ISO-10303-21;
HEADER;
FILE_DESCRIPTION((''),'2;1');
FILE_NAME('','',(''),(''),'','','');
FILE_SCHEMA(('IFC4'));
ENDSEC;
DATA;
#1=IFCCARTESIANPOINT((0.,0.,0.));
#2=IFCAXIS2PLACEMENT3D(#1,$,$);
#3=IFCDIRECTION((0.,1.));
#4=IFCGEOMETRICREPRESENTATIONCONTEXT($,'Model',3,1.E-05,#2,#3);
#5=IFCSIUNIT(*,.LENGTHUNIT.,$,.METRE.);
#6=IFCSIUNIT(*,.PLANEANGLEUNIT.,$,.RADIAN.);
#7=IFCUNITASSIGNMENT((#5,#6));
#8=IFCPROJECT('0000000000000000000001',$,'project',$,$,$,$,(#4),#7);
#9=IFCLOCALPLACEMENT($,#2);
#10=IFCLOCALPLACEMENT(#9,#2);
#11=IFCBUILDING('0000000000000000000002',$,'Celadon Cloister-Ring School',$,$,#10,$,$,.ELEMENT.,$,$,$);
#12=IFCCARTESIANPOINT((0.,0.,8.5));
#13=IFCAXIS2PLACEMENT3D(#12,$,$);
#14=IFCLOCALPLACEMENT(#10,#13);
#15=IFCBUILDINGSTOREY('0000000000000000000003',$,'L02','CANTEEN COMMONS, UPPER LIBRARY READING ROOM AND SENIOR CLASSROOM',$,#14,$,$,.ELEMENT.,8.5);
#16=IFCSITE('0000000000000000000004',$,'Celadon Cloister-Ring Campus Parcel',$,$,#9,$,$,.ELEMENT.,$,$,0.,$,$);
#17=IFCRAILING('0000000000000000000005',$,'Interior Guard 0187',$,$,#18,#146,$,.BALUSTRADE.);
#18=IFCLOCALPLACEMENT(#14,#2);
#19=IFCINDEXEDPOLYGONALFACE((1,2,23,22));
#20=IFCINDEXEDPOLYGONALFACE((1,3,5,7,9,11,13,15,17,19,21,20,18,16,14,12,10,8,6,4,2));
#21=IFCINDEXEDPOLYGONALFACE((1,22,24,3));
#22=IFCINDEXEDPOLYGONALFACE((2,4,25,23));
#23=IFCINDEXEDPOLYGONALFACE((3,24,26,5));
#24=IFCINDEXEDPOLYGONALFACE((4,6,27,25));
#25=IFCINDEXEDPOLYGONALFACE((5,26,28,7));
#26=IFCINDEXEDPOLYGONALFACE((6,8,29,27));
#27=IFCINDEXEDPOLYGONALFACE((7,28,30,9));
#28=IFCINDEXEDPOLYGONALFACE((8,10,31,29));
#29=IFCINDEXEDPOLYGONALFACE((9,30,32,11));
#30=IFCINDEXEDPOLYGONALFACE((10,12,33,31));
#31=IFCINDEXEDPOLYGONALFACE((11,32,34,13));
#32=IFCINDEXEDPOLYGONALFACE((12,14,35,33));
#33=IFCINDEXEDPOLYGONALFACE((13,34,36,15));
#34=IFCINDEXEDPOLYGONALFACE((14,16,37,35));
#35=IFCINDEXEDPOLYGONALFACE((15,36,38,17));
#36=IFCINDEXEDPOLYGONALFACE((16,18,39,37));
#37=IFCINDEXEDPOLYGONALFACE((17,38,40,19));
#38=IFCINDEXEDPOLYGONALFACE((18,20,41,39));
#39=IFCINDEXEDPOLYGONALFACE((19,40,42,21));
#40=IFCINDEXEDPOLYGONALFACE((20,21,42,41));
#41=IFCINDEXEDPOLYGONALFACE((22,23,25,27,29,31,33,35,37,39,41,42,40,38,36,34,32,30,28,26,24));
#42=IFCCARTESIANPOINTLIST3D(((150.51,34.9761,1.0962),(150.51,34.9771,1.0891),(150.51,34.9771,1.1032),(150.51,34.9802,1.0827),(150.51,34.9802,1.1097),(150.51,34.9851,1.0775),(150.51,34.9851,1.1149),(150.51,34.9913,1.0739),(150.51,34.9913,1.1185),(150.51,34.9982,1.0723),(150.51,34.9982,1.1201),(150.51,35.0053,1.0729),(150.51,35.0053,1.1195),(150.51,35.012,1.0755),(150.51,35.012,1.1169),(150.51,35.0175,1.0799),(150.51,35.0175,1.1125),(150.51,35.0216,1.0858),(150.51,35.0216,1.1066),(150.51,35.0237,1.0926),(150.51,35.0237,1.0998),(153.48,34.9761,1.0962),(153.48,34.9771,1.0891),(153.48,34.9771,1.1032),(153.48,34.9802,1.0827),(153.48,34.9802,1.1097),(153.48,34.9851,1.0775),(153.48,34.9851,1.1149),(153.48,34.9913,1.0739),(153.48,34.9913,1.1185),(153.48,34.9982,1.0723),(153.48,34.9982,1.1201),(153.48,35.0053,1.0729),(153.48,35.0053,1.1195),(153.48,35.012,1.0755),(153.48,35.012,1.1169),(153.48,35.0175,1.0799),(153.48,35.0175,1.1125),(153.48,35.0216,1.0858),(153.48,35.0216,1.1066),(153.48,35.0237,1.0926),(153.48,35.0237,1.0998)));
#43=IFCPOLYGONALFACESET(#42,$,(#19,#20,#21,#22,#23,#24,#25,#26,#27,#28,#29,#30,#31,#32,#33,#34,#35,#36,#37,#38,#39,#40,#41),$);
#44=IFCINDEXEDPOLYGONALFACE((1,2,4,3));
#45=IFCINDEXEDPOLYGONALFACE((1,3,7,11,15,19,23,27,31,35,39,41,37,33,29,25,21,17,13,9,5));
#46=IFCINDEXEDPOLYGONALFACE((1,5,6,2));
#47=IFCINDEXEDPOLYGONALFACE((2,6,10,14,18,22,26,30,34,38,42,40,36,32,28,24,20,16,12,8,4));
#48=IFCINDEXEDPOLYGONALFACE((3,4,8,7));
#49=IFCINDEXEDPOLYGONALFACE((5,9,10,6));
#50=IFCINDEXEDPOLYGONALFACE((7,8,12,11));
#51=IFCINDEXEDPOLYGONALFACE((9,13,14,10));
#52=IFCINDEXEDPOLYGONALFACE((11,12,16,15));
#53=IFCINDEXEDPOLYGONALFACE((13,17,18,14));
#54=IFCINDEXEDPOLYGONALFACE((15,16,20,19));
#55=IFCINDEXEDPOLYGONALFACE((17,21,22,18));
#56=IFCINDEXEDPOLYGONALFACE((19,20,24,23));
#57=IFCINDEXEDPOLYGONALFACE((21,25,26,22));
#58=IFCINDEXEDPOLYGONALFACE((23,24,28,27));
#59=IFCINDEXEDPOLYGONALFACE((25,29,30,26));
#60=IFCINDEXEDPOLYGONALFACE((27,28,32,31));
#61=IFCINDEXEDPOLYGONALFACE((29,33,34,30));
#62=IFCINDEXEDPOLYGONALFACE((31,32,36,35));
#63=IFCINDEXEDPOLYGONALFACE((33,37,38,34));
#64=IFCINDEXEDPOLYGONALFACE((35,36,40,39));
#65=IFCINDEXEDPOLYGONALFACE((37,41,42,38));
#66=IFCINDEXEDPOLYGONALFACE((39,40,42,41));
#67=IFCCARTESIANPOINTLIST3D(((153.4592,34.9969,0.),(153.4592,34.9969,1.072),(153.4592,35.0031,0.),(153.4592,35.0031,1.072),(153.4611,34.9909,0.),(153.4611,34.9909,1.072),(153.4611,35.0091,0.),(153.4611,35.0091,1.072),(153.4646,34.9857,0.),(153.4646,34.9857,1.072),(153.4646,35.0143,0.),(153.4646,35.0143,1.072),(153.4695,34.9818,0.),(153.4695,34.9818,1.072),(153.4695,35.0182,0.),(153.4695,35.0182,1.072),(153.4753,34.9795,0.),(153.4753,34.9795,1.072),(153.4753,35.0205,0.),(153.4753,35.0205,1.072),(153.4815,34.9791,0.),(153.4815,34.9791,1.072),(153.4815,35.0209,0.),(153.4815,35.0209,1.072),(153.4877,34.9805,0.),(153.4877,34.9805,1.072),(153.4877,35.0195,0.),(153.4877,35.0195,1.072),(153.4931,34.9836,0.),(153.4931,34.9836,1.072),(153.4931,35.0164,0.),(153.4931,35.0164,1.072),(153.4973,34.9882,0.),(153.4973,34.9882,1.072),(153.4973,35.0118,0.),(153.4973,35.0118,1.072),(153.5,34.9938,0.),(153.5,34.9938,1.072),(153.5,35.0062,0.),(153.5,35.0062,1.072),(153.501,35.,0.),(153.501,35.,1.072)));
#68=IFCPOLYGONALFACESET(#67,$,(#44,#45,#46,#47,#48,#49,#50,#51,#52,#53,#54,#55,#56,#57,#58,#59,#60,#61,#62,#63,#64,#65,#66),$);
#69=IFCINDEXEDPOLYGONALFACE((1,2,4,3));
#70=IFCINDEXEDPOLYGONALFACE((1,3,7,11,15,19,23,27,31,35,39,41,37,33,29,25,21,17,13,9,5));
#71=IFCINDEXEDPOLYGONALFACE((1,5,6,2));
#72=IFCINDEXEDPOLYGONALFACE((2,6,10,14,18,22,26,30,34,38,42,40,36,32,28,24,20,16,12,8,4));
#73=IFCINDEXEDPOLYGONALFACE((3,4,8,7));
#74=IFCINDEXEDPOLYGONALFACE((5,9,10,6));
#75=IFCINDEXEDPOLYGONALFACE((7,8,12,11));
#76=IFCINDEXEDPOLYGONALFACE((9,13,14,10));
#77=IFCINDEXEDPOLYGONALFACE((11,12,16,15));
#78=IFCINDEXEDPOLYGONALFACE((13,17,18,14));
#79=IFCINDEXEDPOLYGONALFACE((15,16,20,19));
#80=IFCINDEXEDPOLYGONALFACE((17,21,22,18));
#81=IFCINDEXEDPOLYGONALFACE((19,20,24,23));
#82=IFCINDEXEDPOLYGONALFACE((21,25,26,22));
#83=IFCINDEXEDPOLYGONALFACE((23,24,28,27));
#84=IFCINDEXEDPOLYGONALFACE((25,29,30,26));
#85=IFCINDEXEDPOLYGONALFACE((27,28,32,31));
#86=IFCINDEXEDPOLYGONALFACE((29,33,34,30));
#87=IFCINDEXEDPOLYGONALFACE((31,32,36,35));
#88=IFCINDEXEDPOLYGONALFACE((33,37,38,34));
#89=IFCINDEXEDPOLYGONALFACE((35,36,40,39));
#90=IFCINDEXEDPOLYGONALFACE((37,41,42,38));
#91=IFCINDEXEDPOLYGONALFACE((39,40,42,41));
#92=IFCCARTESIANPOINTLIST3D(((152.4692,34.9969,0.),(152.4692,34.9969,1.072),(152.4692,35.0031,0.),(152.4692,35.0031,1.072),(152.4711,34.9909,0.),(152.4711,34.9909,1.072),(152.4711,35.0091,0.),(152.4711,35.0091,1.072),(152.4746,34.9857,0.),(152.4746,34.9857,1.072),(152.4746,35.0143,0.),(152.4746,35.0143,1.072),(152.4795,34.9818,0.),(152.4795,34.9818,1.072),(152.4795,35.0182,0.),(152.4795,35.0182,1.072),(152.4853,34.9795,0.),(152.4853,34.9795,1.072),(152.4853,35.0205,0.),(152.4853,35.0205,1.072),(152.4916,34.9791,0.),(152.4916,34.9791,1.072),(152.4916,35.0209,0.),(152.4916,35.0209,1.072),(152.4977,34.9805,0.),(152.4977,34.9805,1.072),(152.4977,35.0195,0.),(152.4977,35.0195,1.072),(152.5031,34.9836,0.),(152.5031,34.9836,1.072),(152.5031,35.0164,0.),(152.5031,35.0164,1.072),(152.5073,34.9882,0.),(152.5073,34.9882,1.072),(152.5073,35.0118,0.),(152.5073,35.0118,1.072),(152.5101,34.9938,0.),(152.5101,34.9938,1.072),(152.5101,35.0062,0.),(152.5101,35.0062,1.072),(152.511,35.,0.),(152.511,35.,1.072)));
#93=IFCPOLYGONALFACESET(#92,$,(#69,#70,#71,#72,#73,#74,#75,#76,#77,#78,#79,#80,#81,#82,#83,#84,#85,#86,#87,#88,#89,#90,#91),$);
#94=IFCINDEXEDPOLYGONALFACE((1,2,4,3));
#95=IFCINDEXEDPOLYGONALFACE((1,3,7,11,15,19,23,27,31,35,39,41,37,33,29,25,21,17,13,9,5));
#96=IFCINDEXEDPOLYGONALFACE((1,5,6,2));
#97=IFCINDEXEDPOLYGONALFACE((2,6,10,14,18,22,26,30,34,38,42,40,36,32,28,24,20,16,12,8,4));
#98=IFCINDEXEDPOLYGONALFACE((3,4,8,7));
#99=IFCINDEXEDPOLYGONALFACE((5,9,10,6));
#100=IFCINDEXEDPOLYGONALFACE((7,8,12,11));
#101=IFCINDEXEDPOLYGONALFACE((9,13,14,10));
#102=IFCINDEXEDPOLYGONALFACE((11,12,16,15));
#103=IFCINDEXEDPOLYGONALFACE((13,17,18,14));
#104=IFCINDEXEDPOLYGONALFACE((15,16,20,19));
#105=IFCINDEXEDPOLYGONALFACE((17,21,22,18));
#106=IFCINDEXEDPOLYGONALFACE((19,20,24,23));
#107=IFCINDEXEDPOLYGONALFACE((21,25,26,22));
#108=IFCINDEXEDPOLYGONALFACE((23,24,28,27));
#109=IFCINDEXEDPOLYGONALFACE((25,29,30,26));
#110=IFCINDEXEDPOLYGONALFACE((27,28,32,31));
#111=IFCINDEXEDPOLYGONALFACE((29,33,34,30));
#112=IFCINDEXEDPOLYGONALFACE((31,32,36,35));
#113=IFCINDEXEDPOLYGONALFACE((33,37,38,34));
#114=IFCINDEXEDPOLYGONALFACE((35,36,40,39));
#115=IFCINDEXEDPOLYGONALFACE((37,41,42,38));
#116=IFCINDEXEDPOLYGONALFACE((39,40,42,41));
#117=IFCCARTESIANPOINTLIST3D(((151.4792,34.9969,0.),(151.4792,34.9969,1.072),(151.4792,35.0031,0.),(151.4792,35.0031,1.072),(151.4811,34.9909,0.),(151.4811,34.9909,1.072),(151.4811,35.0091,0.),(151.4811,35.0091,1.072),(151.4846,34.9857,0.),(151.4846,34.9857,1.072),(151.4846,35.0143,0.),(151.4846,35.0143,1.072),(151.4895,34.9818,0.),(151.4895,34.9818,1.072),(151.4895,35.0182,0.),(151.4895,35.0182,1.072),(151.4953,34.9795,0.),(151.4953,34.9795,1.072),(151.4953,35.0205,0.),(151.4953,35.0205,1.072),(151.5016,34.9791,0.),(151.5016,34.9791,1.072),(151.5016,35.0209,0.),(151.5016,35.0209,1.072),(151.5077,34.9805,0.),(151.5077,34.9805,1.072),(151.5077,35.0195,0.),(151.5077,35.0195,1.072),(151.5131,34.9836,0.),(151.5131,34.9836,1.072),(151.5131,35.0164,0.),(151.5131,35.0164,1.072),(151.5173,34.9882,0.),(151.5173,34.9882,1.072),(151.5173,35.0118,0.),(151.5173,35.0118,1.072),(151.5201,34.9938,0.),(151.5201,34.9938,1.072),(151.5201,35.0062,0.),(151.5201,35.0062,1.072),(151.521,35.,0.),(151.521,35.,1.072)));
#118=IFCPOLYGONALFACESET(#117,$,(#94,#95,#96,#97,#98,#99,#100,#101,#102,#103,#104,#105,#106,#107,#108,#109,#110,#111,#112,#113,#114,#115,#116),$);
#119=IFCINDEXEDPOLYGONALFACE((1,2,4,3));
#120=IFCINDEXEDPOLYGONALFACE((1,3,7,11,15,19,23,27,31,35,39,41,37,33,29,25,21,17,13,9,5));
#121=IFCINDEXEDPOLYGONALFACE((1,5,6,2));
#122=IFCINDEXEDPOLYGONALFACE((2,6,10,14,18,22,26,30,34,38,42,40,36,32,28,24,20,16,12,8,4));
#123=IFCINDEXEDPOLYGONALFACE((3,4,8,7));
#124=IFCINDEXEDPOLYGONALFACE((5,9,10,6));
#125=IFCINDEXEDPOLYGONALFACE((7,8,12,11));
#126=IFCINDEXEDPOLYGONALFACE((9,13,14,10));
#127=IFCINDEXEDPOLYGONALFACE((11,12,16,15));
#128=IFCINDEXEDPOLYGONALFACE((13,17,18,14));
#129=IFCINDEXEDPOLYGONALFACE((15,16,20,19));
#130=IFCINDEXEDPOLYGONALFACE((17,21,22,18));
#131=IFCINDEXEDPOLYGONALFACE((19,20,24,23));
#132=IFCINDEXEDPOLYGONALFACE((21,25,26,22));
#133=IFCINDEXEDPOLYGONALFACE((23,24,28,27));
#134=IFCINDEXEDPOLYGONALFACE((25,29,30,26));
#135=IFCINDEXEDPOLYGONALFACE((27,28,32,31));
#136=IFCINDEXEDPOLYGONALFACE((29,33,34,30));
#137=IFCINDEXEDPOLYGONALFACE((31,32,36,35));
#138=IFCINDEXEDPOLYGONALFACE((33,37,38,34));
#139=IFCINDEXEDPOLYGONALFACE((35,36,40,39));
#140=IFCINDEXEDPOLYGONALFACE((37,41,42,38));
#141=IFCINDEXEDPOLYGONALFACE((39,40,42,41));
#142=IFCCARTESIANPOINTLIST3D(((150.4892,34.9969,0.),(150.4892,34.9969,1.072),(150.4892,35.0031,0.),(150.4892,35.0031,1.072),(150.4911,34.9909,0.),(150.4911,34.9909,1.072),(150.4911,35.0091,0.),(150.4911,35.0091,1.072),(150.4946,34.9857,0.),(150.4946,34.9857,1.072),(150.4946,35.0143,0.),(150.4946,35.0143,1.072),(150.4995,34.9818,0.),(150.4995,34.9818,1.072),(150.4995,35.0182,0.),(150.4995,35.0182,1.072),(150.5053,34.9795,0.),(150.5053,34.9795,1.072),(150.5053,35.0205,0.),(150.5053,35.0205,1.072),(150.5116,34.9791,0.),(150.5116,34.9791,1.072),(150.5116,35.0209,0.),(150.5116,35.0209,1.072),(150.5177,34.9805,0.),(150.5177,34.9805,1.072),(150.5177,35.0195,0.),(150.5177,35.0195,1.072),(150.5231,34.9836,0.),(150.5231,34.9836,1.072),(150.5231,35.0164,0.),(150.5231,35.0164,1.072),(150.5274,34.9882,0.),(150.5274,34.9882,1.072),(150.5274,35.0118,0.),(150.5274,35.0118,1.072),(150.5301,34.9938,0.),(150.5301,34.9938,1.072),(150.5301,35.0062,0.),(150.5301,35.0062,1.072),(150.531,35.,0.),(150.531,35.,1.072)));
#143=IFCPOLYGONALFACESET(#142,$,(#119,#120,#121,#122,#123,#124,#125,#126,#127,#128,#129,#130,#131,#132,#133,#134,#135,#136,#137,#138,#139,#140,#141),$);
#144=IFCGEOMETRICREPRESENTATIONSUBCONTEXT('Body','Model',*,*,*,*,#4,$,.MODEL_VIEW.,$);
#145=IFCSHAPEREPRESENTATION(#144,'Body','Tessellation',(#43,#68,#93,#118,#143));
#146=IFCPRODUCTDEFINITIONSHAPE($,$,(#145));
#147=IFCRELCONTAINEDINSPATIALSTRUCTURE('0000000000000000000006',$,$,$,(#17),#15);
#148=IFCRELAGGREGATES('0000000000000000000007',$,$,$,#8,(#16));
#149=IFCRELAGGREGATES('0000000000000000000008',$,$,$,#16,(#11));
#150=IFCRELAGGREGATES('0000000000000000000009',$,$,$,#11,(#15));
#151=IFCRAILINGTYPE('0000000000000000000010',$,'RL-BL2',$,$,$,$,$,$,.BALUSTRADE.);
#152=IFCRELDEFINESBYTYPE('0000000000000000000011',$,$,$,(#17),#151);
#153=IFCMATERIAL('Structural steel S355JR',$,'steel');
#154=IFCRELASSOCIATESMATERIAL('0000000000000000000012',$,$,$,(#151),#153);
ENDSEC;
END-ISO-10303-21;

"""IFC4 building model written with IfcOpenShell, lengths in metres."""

from ifc_helpers import new_model, si_unit, direction, frame, origin, origin_2d, place, context, subcontext, project, spatial, circle, extrude, material, type_object, element, save


model = new_model("IFC4")

# Units and contexts
model_context = context("Model", 3, precision=1e-05, world=origin(), true_north=direction((0.0, 1.0)))
body_context = subcontext(model_context, "Body", "Model", "MODEL_VIEW")
ifc_project = project(units=[si_unit("LENGTHUNIT", "METRE"), si_unit("PLANEANGLEUNIT", "RADIAN")], contexts=[model_context])

# Site, building, storey
site_placement = place(None, origin())
site = spatial("IfcSite", under=ifc_project, at=site_placement, Name="Celadon Cloister-Ring Campus Parcel", CompositionType="ELEMENT", RefElevation=0.0)
building_placement = place(site_placement, origin())
building = spatial("IfcBuilding", under=site, at=building_placement, Name="Celadon Cloister-Ring School", CompositionType="ELEMENT")
storey_placement = place(building_placement, frame((0.0, 0.0, 8.5)))
storey = spatial("IfcBuildingStorey", under=building, at=storey_placement, Name="L02", Description="CANTEEN COMMONS, UPPER LIBRARY READING ROOM AND SENIOR CLASSROOM", CompositionType="ELEMENT", Elevation=8.5)

# Railing
ifc_material_1 = material(Name="Structural steel S355JR", Category="steel")
railing_type_1 = type_object("IfcRailingType", Name="RL-BL2", PredefinedType="BALUSTRADE", material=ifc_material_1)
railing_1_placement = place(storey_placement, frame((153.48, 35.0, 0.0)))
element("IfcRailing", 1, at=railing_1_placement, inside=storey, type_object=railing_type_1, Name="Interior Guard 0187", PredefinedType="BALUSTRADE", context=body_context, shape_type="SweptSolid", body=[
    extrude(circle(Radius=0.0239, at=origin_2d()), frame((0.0, 0.0, 1.0962), z_axis=(-1.0, 0.0, 0.0), x_axis=(0.0, -1.0, 0.0)), (0.0, 0.0, 1.0), 2.97),
    extrude(circle(Radius=0.021, at=origin_2d()), origin(), (0.0, 0.0, 1.0), 1.072),
    extrude(circle(Radius=0.021, at=origin_2d()), frame((-0.99, 0.0, 0.0)), (0.0, 0.0, 1.0), 1.072),
    extrude(circle(Radius=0.021, at=origin_2d()), frame((-1.98, 0.0, 0.0)), (0.0, 0.0, 1.0), 1.072),
    extrude(circle(Radius=0.021, at=origin_2d()), frame((-2.97, 0.0, 0.0)), (0.0, 0.0, 1.0), 1.072),
])

save(model, "model.ifc")
